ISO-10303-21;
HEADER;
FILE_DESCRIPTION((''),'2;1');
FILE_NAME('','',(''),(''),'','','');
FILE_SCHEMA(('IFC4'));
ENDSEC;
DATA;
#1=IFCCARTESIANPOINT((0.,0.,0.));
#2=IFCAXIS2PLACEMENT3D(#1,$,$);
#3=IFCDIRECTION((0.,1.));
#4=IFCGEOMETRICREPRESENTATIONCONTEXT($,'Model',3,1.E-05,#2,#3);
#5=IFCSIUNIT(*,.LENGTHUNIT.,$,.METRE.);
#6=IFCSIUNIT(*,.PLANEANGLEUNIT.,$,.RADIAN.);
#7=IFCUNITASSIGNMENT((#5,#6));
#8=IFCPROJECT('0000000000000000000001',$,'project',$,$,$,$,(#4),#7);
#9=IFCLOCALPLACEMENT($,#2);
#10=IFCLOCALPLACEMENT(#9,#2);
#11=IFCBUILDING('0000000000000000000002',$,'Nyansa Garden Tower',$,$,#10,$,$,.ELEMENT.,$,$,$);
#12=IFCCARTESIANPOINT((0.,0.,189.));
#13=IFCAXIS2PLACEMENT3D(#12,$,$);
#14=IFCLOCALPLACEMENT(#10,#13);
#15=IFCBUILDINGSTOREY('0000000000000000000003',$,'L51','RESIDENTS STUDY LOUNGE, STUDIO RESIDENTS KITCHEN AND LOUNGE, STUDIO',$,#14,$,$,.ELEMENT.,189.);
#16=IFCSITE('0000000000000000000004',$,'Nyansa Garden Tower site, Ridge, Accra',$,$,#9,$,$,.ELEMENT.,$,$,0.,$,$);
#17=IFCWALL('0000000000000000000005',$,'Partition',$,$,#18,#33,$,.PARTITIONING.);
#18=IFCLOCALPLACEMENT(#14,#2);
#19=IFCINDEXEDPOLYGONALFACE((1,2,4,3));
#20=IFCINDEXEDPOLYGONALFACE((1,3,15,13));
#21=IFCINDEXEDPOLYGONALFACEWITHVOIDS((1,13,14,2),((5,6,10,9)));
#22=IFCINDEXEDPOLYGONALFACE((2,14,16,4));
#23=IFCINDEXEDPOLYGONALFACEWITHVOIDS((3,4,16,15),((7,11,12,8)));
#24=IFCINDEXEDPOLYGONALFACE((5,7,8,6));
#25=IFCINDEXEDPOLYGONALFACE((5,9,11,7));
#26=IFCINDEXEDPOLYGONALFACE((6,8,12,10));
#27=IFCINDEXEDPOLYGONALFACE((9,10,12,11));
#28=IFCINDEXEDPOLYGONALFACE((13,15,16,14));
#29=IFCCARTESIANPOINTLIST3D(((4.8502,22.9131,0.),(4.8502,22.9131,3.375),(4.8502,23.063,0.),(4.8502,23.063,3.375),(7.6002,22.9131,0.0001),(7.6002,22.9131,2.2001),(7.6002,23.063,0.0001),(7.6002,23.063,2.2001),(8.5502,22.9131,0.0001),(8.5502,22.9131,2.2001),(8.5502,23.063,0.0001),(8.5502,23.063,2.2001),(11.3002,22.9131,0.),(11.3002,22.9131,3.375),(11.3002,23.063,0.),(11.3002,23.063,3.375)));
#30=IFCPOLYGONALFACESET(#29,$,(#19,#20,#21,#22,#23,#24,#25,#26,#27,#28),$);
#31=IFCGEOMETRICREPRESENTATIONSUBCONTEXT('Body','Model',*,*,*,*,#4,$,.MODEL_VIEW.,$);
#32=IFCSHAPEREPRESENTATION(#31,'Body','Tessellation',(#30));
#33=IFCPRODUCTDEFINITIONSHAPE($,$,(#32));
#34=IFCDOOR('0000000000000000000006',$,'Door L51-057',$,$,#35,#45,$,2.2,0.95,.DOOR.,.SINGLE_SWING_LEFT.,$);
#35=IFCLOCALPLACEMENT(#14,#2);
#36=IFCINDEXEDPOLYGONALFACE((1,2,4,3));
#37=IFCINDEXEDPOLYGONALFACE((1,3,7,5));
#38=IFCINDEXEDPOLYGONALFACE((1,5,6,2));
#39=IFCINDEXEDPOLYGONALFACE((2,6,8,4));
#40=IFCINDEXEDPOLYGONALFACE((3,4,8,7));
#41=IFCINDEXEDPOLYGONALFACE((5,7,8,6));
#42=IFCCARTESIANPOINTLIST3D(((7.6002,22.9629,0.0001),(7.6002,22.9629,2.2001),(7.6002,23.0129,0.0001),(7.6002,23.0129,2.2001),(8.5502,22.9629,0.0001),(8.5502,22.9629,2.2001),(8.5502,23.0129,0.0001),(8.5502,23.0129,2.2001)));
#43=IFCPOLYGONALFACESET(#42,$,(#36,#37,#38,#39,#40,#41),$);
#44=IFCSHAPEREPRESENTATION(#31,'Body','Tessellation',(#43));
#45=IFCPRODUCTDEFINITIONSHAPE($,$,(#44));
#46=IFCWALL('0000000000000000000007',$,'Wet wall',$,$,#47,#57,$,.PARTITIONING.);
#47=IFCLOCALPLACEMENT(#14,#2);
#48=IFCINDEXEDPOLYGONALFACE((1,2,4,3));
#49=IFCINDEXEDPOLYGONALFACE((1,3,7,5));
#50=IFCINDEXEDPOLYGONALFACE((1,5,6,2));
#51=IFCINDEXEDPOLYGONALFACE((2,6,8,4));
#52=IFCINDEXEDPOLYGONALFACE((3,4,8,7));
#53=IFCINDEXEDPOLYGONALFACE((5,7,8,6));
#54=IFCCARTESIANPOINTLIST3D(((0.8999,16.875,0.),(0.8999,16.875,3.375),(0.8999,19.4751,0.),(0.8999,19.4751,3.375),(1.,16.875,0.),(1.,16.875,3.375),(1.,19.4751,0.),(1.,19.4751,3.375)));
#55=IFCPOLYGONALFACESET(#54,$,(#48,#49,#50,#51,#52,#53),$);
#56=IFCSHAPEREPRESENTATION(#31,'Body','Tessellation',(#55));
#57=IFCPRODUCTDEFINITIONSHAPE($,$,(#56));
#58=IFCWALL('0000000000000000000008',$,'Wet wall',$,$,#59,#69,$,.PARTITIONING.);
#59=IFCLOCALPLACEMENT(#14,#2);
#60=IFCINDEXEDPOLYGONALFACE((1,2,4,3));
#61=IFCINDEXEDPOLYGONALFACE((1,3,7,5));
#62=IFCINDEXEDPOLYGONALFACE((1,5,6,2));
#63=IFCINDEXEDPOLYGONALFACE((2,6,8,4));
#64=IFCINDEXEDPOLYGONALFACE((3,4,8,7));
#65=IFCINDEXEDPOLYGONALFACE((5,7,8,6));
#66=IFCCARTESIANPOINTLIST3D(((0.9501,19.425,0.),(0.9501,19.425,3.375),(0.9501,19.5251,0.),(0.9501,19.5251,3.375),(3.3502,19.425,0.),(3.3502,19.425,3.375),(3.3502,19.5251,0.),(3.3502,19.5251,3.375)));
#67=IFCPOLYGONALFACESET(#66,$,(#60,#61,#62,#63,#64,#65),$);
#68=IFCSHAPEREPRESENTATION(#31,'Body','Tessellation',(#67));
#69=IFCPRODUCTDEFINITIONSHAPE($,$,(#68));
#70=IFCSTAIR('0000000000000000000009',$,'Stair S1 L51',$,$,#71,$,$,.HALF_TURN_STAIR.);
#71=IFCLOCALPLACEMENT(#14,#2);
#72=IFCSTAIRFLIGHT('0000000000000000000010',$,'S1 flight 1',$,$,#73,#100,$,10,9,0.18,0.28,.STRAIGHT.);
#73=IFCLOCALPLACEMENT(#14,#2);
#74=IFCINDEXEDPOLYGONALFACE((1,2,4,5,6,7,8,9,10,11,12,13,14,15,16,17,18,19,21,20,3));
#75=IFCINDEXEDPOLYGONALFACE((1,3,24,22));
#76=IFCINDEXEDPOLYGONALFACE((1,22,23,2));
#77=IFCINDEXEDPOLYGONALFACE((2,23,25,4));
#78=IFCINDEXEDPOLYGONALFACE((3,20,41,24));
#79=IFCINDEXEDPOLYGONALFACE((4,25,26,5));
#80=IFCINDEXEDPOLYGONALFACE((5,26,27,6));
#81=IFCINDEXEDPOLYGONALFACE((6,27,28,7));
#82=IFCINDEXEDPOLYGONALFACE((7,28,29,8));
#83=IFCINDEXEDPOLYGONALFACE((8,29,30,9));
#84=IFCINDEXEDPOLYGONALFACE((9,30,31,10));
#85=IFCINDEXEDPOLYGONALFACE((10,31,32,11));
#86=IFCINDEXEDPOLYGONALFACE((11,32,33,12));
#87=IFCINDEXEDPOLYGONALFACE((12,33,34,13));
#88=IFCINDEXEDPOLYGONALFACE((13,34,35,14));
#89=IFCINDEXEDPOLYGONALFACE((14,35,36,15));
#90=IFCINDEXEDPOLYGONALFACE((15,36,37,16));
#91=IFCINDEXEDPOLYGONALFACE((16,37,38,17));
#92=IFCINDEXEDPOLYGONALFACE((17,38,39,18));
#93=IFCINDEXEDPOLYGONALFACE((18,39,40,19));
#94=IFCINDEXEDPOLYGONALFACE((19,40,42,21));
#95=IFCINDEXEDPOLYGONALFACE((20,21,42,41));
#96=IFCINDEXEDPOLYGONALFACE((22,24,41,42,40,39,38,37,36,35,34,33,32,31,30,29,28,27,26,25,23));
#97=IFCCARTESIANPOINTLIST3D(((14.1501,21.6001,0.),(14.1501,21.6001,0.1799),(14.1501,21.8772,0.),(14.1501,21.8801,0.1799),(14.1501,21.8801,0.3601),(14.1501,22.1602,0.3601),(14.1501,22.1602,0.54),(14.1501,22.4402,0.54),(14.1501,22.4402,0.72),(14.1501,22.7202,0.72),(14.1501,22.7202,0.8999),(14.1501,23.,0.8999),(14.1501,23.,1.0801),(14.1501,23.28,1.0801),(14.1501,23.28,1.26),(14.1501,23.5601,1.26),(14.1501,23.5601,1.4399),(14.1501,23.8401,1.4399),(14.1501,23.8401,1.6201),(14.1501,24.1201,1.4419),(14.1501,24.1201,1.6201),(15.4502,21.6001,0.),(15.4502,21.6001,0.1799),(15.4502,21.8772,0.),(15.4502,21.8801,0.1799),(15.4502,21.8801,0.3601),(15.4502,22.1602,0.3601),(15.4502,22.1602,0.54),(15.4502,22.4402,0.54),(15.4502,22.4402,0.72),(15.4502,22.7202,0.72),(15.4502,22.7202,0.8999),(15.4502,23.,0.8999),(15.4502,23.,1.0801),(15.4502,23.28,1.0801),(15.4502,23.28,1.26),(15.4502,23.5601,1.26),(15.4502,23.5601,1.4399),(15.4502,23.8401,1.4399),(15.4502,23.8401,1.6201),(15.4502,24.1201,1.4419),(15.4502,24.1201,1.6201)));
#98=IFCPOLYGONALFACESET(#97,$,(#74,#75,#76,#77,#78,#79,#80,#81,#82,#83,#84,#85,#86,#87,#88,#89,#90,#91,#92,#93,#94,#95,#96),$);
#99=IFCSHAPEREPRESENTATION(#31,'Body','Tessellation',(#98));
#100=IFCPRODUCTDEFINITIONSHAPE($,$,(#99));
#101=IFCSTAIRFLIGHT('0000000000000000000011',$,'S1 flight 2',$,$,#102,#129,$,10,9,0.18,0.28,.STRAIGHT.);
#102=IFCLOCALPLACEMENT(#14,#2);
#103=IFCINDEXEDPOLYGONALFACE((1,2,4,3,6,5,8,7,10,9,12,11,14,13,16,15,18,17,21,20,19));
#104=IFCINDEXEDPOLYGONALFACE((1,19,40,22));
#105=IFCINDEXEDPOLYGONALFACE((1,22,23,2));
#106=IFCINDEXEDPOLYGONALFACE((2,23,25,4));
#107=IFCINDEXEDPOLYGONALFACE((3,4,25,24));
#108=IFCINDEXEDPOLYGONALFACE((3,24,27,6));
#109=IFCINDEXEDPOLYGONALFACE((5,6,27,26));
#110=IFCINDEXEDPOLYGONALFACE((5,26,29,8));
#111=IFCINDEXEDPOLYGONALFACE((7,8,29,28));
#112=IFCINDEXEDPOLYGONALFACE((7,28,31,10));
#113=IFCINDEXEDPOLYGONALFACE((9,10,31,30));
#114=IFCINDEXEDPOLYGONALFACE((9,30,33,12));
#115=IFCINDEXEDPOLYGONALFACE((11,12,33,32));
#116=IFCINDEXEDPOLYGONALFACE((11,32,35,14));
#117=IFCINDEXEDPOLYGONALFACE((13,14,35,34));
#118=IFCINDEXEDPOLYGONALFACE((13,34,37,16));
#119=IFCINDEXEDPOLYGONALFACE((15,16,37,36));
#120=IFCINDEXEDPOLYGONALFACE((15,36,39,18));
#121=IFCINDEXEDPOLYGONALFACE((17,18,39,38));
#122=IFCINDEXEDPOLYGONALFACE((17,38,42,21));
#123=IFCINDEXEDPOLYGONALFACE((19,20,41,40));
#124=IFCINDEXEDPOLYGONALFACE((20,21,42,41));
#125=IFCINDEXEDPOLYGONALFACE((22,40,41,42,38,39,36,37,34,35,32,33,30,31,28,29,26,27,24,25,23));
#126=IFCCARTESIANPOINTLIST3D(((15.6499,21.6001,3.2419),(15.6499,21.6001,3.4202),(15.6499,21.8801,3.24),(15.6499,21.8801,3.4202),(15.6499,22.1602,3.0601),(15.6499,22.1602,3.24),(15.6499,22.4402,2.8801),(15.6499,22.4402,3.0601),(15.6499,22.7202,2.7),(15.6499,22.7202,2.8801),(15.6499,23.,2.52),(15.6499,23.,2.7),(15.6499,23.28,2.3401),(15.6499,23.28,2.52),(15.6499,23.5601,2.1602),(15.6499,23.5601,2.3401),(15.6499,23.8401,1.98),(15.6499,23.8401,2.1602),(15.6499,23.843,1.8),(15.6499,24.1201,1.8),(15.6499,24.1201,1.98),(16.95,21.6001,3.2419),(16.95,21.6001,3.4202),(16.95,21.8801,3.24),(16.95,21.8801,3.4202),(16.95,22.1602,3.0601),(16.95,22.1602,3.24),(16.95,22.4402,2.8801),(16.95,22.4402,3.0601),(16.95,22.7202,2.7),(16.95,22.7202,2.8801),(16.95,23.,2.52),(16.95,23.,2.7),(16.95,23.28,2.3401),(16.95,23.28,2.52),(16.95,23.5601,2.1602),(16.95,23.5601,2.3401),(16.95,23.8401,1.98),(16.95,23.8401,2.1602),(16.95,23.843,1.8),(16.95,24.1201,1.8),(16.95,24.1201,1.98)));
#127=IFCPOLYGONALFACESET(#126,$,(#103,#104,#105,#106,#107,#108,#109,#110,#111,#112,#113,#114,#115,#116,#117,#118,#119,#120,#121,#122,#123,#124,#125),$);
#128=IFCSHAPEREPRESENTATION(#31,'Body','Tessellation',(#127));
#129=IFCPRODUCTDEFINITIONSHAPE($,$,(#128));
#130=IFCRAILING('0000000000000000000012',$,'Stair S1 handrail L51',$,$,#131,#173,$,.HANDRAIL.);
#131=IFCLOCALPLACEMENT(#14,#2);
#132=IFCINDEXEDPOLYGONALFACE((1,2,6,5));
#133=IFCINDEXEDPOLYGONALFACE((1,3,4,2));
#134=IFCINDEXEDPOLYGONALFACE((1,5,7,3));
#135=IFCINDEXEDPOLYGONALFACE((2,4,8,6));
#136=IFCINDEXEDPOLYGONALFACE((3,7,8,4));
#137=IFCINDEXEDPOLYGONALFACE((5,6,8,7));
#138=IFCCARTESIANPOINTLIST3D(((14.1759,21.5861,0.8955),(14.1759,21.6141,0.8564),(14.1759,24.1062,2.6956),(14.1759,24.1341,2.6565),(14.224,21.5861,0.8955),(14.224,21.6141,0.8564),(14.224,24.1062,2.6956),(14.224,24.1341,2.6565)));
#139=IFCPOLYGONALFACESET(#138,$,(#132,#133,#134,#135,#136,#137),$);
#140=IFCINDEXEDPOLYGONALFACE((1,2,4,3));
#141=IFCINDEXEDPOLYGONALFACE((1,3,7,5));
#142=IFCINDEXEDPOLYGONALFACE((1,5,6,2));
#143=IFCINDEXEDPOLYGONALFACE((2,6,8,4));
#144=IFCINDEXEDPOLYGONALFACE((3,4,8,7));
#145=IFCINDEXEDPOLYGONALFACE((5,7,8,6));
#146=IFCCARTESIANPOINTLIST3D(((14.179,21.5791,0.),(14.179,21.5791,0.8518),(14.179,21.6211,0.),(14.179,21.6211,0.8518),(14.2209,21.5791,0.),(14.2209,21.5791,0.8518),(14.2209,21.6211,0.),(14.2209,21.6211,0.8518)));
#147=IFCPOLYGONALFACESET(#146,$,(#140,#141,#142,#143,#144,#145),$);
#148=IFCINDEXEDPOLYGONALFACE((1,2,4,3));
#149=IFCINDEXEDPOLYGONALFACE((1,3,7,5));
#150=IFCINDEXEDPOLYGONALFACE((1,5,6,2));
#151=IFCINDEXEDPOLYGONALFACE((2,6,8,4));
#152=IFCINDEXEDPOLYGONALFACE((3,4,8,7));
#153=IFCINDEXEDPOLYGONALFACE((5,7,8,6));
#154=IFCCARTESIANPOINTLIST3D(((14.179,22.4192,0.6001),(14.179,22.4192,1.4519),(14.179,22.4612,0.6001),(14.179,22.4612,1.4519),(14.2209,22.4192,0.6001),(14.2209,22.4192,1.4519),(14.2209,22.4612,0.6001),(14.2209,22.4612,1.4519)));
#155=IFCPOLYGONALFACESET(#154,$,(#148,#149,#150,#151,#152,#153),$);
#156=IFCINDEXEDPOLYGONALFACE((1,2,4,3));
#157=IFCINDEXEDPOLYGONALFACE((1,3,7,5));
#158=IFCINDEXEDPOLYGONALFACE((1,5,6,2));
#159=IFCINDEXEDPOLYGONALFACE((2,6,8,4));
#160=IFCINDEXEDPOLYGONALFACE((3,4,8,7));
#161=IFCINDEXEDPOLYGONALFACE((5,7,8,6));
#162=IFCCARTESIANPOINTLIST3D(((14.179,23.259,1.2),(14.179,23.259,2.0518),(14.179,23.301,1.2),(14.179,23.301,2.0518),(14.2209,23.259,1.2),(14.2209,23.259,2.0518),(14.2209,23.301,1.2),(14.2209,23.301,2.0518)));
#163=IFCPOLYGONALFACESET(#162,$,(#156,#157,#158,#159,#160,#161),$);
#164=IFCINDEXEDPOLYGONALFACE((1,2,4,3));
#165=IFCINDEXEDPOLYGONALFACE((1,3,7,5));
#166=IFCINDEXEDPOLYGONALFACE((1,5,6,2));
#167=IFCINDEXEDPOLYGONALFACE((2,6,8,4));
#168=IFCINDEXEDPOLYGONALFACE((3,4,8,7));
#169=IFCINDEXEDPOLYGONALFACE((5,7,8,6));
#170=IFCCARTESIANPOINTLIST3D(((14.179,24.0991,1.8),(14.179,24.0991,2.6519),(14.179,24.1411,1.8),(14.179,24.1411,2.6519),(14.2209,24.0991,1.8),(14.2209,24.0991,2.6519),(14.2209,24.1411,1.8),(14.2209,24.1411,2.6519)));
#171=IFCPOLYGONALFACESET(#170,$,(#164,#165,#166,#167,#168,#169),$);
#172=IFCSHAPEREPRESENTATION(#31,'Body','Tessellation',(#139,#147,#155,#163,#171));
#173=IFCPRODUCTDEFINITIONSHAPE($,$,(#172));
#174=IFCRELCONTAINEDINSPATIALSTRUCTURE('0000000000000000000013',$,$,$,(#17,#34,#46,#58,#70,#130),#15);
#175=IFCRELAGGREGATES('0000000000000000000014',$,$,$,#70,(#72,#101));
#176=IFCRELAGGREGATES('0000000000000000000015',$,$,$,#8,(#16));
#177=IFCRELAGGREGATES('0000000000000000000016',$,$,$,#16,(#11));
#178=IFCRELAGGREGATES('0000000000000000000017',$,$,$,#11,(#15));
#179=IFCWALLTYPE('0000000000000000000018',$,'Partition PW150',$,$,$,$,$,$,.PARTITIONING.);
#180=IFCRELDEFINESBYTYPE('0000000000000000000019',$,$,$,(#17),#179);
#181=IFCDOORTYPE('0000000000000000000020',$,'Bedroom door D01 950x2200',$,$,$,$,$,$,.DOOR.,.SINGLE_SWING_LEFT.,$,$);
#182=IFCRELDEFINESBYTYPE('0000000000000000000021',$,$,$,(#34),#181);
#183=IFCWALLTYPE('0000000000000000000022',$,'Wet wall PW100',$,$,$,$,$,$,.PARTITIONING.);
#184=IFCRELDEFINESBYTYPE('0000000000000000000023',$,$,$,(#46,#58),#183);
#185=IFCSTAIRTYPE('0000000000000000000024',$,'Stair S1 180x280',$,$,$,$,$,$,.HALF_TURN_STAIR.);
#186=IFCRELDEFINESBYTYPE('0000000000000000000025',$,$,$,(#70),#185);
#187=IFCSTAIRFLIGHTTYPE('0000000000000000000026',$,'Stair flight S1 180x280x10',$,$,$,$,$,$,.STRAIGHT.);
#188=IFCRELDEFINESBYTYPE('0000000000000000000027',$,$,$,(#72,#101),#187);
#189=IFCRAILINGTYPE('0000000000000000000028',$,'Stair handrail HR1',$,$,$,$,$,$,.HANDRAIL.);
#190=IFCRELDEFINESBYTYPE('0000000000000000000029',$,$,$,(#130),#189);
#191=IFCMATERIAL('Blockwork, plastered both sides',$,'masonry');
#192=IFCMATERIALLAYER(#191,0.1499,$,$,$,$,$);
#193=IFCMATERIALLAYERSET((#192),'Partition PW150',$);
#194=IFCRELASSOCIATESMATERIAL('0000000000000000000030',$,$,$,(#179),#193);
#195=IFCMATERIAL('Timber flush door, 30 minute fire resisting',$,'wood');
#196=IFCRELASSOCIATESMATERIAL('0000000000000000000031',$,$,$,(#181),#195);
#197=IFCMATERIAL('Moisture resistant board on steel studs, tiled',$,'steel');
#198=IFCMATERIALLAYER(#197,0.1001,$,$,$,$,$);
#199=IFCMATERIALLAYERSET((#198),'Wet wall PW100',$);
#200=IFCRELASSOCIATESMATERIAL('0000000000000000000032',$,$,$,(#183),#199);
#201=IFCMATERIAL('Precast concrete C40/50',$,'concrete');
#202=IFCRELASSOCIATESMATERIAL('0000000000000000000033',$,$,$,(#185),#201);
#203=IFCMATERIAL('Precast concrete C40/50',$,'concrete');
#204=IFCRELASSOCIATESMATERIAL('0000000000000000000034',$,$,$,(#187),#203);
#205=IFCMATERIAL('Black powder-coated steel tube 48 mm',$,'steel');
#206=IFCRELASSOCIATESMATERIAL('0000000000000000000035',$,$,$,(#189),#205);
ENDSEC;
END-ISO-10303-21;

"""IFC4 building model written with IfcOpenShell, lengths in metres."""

from ifc_helpers import new_model, si_unit, direction, frame, frame_2d, origin, origin_2d, place, context, subcontext, project, spatial, polyline, rectangle, outline, extrude, material, layer, layer_set, type_object, element, fill, aggregate, save


model = new_model("IFC4")

# Units and contexts
model_context = context("Model", 3, precision=1e-05, world=origin(), true_north=direction((0.0, 1.0)))
body_context = subcontext(model_context, "Body", "Model", "MODEL_VIEW")
ifc_project = project(units=[si_unit("LENGTHUNIT", "METRE"), si_unit("PLANEANGLEUNIT", "RADIAN")], contexts=[model_context])

# Site, building, storey
site_placement = place(None, origin())
site = spatial("IfcSite", under=ifc_project, at=site_placement, Name="Nyansa Garden Tower site, Ridge, Accra", CompositionType="ELEMENT", RefElevation=0.0)
building_placement = place(site_placement, origin())
building = spatial("IfcBuilding", under=site, at=building_placement, Name="Nyansa Garden Tower", CompositionType="ELEMENT")
storey_placement = place(building_placement, frame((0.0, 0.0, 189.0)))
storey = spatial("IfcBuildingStorey", under=building, at=storey_placement, Name="L51", Description="RESIDENTS STUDY LOUNGE, STUDIO RESIDENTS KITCHEN AND LOUNGE, STUDIO", CompositionType="ELEMENT", Elevation=189.0)

# Shared definitions
ifc_material_1 = material(Name="Blockwork, plastered both sides", Category="masonry")
ifc_layer_1 = layer(ifc_material_1, 0.1499)
ifc_layer_set_1 = layer_set([ifc_layer_1], Name="Partition PW150")
wall_type_1 = type_object("IfcWallType", Name="Partition PW150", PredefinedType="PARTITIONING", material=ifc_layer_set_1)

# Wall, opening, door
wall_1_placement = place(storey_placement, frame((4.8501, 22.988, 0.0), z_axis=(0.0, 0.0, 1.0), x_axis=(1.0, 0.0, 0.0)))
wall_1 = element("IfcWall", 1, at=wall_1_placement, inside=storey, type_object=wall_type_1, Name="Partition", PredefinedType="PARTITIONING", context=body_context, shape_type="SweptSolid", body=[
    extrude(rectangle(XDim=6.45, YDim=0.1499, at=frame_2d((3.2251, 0.0))), origin(), (0.0, 0.0, 1.0), 3.375),
])
opening_1_placement = place(wall_1_placement, frame((2.75, 0.0, 0.0)))
opening_1 = element("IfcOpeningElement", 2, at=opening_1_placement, cuts=wall_1, PredefinedType="OPENING", context=body_context, shape_type="SweptSolid", body=[
    extrude(rectangle(XDim=0.95, YDim=2.2, at=frame_2d((0.4751, 1.1001))), frame((0.0, 0.085, 0.0), z_axis=(0.0, -1.0, 0.0), x_axis=(1.0, 0.0, 0.0)), (0.0, 0.0, 1.0), 0.1699),
])
ifc_material_2 = material(Name="Timber flush door, 30 minute fire resisting", Category="wood")
door_type_1 = type_object("IfcDoorType", Name="Bedroom door D01 950x2200", OperationType="SINGLE_SWING_LEFT", PredefinedType="DOOR", material=ifc_material_2)
door_1_placement = place(opening_1_placement, origin())
door_1 = element("IfcDoor", 3, at=door_1_placement, inside=storey, type_object=door_type_1, Name="Door L51-057", OperationType="SINGLE_SWING_LEFT", OverallHeight=2.2, OverallWidth=0.95, PredefinedType="DOOR", context=body_context, shape_type="SweptSolid", body=[
    extrude(rectangle(XDim=0.95, YDim=2.2, at=frame_2d((0.4751, 1.1001))), frame((0.0, 0.0249, 0.0), z_axis=(0.0, -1.0, 0.0), x_axis=(1.0, 0.0, 0.0)), (0.0, 0.0, 1.0), 0.05),
])
fill(opening_1, door_1)

# Walls
ifc_material_3 = material(Name="Moisture resistant board on steel studs, tiled", Category="steel")
ifc_layer_2 = layer(ifc_material_3, 0.1001)
ifc_layer_set_2 = layer_set([ifc_layer_2], Name="Wet wall PW100")
wall_type_2 = type_object("IfcWallType", Name="Wet wall PW100", PredefinedType="PARTITIONING", material=ifc_layer_set_2)
wall_2_placement = place(storey_placement, frame((0.95, 16.875, 0.0), z_axis=(0.0, 0.0, 1.0), x_axis=(0.0, 1.0, 0.0)))
element("IfcWall", 4, at=wall_2_placement, inside=storey, type_object=wall_type_2, Name="Wet wall", PredefinedType="PARTITIONING", context=body_context, shape_type="SweptSolid", body=[
    extrude(rectangle(XDim=2.6001, YDim=0.1001, at=frame_2d((1.3, 0.0))), origin(), (0.0, 0.0, 1.0), 3.375),
])
wall_3_placement = place(storey_placement, frame((0.95, 19.4751, 0.0), z_axis=(0.0, 0.0, 1.0), x_axis=(1.0, 0.0, 0.0)))
element("IfcWall", 5, at=wall_3_placement, inside=storey, type_object=wall_type_2, Name="Wet wall", PredefinedType="PARTITIONING", context=body_context, shape_type="SweptSolid", body=[
    extrude(rectangle(XDim=2.4001, YDim=0.1001, at=frame_2d((1.2002, 0.0))), origin(), (0.0, 0.0, 1.0), 3.375),
])

# Stair, stair flights
ifc_material_4 = material(Name="Precast concrete C40/50", Category="concrete")
stair_type = type_object("IfcStairType", Name="Stair S1 180x280", PredefinedType="HALF_TURN_STAIR", material=ifc_material_4)
stair_placement = place(storey_placement, origin())
stair = element("IfcStair", 6, at=stair_placement, inside=storey, type_object=stair_type, Name="Stair S1 L51", PredefinedType="HALF_TURN_STAIR")
ifc_material_5 = material(Name="Precast concrete C40/50", Category="concrete")
stair_flight_type = type_object("IfcStairFlightType", Name="Stair flight S1 180x280x10", PredefinedType="STRAIGHT", material=ifc_material_5)
stair_flight_1_placement = place(storey_placement, frame((14.8, 21.6001, 0.0), z_axis=(0.0, 0.0, 1.0), x_axis=(0.0, 1.0, 0.0)))
stair_flight_1 = element("IfcStairFlight", 7, at=stair_flight_1_placement, type_object=stair_flight_type, Name="S1 flight 1", NumberOfRisers=10, NumberOfTreads=9, PredefinedType="STRAIGHT", RiserHeight=0.18, TreadLength=0.28, context=body_context, shape_type="SweptSolid", body=[
    extrude(outline(polyline([(0.0, 0.0), (0.0, 0.1799), (0.28, 0.1799), (0.28, 0.3601), (0.5601, 0.3601), (0.5601, 0.54), (0.8401, 0.54), (0.8401, 0.72), (1.1201, 0.72), (1.1201, 0.8999), (1.3999, 0.8999), (1.3999, 1.0801), (1.6799, 1.0801), (1.6799, 1.26), (1.96, 1.26), (1.96, 1.4399), (2.24, 1.4399), (2.24, 1.6201), (2.52, 1.6201), (2.52, 1.8), (2.52, 1.4419), (0.2771, 0.0), (0.0, 0.0)])), frame((0.0, 0.6499, 0.0), z_axis=(0.0, -1.0, 0.0), x_axis=(1.0, 0.0, 0.0)), (0.0, 0.0, 1.0), 1.3),
])
stair_flight_2_placement = place(storey_placement, frame((16.3, 24.1201, 1.8), z_axis=(0.0, 0.0, 1.0), x_axis=(0.0, -1.0, 0.0)))
stair_flight_2 = element("IfcStairFlight", 8, at=stair_flight_2_placement, type_object=stair_flight_type, Name="S1 flight 2", NumberOfRisers=10, NumberOfTreads=9, PredefinedType="STRAIGHT", RiserHeight=0.18, TreadLength=0.28, context=body_context, shape_type="SweptSolid", body=[
    extrude(outline(polyline([(0.0, 0.0), (0.0, 0.1799), (0.28, 0.1799), (0.28, 0.3601), (0.5601, 0.3601), (0.5601, 0.54), (0.8401, 0.54), (0.8401, 0.72), (1.1201, 0.72), (1.1201, 0.8999), (1.3999, 0.8999), (1.3999, 1.0801), (1.6799, 1.0801), (1.6799, 1.26), (1.96, 1.26), (1.96, 1.4399), (2.24, 1.4399), (2.24, 1.6201), (2.52, 1.6201), (2.52, 1.8), (2.52, 1.4419), (0.2771, 0.0), (0.0, 0.0)])), frame((0.0, 0.6499, 0.0), z_axis=(0.0, -1.0, 0.0), x_axis=(1.0, 0.0, 0.0)), (0.0, 0.0, 1.0), 1.3),
])
aggregate(stair, [stair_flight_1, stair_flight_2])

# Railing
ifc_material_6 = material(Name="Black powder-coated steel tube 48 mm", Category="steel")
railing_type = type_object("IfcRailingType", Name="Stair handrail HR1", PredefinedType="HANDRAIL", material=ifc_material_6)
railing_1_placement = place(storey_placement, frame((14.2, 21.6001, 0.0)))
element("IfcRailing", 9, at=railing_1_placement, inside=storey, type_object=railing_type, Name="Stair S1 handrail L51", PredefinedType="HANDRAIL", context=body_context, shape_type="SweptSolid", body=[
    extrude(rectangle(XDim=0.0481, YDim=0.0481, at=origin_2d()), frame((0.0, 0.0, 0.876), z_axis=(0.0, 0.813728, 0.581246), x_axis=(-1.0, 0.0, 0.0)), (0.0, 0.0, 1.0), 3.0969),
    extrude(rectangle(XDim=0.042, YDim=0.042, at=origin_2d()), origin(), (0.0, 0.0, 1.0), 0.8518),
    extrude(rectangle(XDim=0.042, YDim=0.042, at=origin_2d()), frame((0.0, 0.8401, 0.6001)), (0.0, 0.0, 1.0), 0.8518),
    extrude(rectangle(XDim=0.042, YDim=0.042, at=origin_2d()), frame((0.0, 1.6799, 1.2)), (0.0, 0.0, 1.0), 0.8518),
    extrude(rectangle(XDim=0.042, YDim=0.042, at=origin_2d()), frame((0.0, 2.52, 1.8)), (0.0, 0.0, 1.0), 0.8518),
])

save(model, "model.ifc")
